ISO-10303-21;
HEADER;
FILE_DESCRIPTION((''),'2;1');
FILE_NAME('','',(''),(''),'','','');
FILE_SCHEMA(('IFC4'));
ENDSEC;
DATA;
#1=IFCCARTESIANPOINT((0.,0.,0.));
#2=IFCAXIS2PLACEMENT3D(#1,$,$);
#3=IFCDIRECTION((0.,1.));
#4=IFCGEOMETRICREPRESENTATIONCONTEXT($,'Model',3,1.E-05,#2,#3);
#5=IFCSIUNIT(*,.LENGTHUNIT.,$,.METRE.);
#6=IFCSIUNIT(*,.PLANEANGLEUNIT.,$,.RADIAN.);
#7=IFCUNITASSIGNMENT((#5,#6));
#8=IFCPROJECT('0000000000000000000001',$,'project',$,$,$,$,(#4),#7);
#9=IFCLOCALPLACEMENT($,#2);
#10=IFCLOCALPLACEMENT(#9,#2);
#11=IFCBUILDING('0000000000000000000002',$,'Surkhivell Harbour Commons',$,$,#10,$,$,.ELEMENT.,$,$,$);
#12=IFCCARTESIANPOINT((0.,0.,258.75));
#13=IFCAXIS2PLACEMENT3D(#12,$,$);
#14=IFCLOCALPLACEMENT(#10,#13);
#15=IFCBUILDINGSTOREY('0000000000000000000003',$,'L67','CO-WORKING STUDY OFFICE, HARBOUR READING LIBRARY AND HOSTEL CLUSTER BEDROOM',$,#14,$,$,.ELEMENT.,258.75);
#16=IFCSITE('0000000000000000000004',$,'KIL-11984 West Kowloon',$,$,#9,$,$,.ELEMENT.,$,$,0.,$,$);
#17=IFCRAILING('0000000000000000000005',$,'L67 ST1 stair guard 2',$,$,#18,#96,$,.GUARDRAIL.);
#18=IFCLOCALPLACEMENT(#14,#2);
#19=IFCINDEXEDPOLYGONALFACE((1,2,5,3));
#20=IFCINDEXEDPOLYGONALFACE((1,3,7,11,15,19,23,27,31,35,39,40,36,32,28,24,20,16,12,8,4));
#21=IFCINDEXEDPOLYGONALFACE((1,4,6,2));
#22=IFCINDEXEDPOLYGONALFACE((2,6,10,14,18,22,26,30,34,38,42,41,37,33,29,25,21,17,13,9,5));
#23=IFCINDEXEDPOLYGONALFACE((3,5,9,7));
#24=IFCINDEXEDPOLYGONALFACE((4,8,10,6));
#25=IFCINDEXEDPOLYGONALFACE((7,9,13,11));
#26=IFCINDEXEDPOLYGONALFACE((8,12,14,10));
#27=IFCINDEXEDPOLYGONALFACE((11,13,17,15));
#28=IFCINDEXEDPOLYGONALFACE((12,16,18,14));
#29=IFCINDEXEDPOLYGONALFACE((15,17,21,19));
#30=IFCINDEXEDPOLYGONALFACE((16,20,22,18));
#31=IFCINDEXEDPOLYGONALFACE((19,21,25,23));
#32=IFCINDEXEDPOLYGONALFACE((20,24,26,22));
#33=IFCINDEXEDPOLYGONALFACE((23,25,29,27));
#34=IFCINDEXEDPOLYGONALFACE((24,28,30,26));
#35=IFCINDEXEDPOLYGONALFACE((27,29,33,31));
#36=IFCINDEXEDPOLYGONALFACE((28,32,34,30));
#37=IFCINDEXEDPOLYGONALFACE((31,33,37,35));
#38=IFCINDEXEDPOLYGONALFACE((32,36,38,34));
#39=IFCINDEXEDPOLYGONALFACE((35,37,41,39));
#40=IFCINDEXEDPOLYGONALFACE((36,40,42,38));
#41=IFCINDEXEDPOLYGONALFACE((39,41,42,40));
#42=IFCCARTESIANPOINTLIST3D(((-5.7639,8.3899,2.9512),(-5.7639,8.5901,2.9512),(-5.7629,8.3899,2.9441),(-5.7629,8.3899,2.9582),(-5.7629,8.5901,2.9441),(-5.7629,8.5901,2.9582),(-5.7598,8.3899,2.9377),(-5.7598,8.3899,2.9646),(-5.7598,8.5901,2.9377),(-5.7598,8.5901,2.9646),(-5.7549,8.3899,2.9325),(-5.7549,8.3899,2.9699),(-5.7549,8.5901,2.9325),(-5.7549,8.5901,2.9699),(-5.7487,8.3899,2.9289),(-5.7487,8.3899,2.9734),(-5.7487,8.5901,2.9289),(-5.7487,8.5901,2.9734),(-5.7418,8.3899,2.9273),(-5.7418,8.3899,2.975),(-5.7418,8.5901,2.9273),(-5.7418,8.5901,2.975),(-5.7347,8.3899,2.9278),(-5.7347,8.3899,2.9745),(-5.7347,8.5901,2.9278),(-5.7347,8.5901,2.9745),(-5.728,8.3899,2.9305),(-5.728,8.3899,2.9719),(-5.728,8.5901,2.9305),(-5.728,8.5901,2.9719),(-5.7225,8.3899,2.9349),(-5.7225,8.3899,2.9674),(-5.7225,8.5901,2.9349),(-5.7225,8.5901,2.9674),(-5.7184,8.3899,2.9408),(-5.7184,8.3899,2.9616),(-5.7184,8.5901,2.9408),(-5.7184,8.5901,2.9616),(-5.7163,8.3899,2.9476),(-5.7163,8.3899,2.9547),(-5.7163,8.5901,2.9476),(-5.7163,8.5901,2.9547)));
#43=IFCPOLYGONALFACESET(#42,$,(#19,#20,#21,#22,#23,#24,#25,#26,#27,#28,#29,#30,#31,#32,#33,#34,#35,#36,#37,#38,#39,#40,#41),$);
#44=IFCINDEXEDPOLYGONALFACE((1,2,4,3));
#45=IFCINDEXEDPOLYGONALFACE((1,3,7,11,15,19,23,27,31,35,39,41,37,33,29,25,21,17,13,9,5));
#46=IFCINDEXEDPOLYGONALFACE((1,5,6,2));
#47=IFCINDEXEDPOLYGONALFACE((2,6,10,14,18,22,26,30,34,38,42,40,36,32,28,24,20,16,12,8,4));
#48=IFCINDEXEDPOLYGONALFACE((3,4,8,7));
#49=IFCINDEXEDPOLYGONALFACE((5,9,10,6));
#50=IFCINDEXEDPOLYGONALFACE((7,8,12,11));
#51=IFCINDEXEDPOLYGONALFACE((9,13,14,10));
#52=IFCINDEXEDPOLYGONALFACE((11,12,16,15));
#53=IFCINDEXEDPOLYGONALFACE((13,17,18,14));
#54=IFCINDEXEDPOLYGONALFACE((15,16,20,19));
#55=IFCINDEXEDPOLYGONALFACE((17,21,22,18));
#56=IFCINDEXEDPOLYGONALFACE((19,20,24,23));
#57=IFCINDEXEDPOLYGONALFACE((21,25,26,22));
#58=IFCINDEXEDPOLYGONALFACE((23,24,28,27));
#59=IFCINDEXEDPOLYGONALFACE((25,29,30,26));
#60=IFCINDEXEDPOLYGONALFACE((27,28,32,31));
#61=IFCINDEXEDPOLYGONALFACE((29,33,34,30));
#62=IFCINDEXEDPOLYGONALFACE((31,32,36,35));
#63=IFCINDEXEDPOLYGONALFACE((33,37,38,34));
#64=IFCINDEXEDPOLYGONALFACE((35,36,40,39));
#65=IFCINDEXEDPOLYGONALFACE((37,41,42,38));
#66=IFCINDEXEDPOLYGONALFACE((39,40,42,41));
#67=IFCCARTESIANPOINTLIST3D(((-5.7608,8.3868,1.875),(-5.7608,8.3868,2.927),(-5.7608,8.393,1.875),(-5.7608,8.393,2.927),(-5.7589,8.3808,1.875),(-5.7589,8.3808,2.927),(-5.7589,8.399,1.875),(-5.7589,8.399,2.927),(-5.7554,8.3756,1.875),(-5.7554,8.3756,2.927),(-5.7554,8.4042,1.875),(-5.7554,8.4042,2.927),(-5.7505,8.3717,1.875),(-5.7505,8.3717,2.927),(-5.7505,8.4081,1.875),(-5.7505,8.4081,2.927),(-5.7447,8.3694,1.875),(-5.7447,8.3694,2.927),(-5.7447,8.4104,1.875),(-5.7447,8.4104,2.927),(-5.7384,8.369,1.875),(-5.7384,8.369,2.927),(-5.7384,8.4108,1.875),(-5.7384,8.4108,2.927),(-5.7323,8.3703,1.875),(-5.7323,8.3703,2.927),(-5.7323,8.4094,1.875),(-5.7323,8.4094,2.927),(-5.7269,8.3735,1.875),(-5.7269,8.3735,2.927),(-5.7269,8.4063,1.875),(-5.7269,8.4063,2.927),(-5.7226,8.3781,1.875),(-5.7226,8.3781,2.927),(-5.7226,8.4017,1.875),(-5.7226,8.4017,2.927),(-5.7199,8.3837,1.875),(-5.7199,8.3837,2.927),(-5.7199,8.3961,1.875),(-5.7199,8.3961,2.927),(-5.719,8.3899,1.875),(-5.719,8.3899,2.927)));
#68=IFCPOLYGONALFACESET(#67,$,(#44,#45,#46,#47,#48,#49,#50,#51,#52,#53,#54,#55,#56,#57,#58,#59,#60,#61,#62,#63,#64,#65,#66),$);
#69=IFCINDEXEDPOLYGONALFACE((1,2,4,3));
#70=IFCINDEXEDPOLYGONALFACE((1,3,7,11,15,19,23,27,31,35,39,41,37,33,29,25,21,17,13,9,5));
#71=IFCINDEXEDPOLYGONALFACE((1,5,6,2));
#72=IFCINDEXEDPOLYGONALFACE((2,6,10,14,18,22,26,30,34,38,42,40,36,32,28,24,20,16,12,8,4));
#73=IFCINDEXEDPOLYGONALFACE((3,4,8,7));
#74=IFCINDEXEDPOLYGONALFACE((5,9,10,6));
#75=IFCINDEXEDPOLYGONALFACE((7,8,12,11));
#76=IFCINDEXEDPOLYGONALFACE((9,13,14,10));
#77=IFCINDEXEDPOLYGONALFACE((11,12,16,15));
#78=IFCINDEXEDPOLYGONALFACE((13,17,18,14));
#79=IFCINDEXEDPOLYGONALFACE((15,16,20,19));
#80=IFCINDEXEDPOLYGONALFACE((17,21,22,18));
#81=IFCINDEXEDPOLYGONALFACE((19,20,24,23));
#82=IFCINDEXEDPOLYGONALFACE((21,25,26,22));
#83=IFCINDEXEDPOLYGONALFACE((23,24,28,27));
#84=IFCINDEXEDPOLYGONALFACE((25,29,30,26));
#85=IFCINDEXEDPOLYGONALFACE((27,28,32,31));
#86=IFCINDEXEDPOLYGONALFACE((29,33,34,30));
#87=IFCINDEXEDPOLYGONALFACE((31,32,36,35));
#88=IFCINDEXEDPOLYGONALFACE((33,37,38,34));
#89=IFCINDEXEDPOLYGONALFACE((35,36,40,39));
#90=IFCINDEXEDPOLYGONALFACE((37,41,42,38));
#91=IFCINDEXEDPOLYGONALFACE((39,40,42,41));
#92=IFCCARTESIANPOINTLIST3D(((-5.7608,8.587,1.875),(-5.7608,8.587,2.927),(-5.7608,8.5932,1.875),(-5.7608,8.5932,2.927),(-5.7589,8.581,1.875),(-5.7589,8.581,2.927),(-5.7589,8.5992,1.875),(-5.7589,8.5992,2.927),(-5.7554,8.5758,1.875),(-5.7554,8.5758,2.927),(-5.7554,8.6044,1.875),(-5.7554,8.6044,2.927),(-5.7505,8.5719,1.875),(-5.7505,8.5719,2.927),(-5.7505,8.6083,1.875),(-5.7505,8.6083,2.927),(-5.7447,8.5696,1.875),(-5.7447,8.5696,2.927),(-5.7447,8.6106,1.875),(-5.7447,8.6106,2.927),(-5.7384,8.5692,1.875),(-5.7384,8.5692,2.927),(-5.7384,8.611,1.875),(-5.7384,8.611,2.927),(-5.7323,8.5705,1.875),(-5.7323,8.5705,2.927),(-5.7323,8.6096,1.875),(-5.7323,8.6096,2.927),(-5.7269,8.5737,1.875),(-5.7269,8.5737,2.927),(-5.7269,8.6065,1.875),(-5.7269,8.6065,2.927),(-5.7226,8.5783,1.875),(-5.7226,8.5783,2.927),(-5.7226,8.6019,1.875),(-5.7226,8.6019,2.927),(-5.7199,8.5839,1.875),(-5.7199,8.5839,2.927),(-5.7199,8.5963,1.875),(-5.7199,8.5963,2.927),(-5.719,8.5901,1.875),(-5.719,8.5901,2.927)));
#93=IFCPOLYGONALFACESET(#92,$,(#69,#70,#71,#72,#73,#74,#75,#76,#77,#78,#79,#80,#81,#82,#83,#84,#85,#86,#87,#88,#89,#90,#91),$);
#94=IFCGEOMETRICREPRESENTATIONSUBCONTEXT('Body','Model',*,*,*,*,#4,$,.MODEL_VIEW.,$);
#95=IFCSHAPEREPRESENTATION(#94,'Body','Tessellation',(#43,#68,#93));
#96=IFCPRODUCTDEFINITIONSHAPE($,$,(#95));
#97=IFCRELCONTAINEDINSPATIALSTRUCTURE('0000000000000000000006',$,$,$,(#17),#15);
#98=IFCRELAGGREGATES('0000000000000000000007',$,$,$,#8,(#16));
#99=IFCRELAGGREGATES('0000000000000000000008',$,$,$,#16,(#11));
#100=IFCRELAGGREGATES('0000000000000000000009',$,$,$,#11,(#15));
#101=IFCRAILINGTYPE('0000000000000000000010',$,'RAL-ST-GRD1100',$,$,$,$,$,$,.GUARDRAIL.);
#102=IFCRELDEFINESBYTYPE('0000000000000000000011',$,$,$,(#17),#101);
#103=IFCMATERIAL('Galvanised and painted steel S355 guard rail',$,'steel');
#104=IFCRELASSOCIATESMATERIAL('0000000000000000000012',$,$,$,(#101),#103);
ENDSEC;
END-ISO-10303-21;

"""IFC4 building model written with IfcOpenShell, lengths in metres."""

from ifc_helpers import new_model, si_unit, direction, frame, origin, origin_2d, place, context, subcontext, project, spatial, circle, extrude, material, type_object, element, save


model = new_model("IFC4")

# Units and contexts
model_context = context("Model", 3, precision=1e-05, world=origin(), true_north=direction((0.0, 1.0)))
body_context = subcontext(model_context, "Body", "Model", "MODEL_VIEW")
ifc_project = project(units=[si_unit("LENGTHUNIT", "METRE"), si_unit("PLANEANGLEUNIT", "RADIAN")], contexts=[model_context])

# Site, building, storey
site_placement = place(None, origin())
site = spatial("IfcSite", under=ifc_project, at=site_placement, Name="KIL-11984 West Kowloon", CompositionType="ELEMENT", RefElevation=0.0)
building_placement = place(site_placement, origin())
building = spatial("IfcBuilding", under=site, at=building_placement, Name="Surkhivell Harbour Commons", CompositionType="ELEMENT")
storey_placement = place(building_placement, frame((0.0, 0.0, 258.75)))
storey = spatial("IfcBuildingStorey", under=building, at=storey_placement, Name="L67", Description="CO-WORKING STUDY OFFICE, HARBOUR READING LIBRARY AND HOSTEL CLUSTER BEDROOM", CompositionType="ELEMENT", Elevation=258.75)

# Railing
ifc_material_1 = material(Name="Galvanised and painted steel S355 guard rail", Category="steel")
railing_type_1 = type_object("IfcRailingType", Name="RAL-ST-GRD1100", PredefinedType="GUARDRAIL", material=ifc_material_1)
railing_1_placement = place(storey_placement, frame((-5.74, 8.3899, 1.875)))
element("IfcRailing", 1, at=railing_1_placement, inside=storey, type_object=railing_type_1, Name="L67 ST1 stair guard 2", PredefinedType="GUARDRAIL", context=body_context, shape_type="SweptSolid", body=[
    extrude(circle(Radius=0.0239, at=origin_2d()), frame((0.0, 0.0, 1.0762), z_axis=(0.0, 1.0, 0.0), x_axis=(-1.0, 0.0, 0.0)), (0.0, 0.0, 1.0), 0.2002),
    extrude(circle(Radius=0.021, at=origin_2d()), origin(), (0.0, 0.0, 1.0), 1.052),
    extrude(circle(Radius=0.021, at=origin_2d()), frame((0.0, 0.2002, 0.0)), (0.0, 0.0, 1.0), 1.052),
])

save(model, "model.ifc")
